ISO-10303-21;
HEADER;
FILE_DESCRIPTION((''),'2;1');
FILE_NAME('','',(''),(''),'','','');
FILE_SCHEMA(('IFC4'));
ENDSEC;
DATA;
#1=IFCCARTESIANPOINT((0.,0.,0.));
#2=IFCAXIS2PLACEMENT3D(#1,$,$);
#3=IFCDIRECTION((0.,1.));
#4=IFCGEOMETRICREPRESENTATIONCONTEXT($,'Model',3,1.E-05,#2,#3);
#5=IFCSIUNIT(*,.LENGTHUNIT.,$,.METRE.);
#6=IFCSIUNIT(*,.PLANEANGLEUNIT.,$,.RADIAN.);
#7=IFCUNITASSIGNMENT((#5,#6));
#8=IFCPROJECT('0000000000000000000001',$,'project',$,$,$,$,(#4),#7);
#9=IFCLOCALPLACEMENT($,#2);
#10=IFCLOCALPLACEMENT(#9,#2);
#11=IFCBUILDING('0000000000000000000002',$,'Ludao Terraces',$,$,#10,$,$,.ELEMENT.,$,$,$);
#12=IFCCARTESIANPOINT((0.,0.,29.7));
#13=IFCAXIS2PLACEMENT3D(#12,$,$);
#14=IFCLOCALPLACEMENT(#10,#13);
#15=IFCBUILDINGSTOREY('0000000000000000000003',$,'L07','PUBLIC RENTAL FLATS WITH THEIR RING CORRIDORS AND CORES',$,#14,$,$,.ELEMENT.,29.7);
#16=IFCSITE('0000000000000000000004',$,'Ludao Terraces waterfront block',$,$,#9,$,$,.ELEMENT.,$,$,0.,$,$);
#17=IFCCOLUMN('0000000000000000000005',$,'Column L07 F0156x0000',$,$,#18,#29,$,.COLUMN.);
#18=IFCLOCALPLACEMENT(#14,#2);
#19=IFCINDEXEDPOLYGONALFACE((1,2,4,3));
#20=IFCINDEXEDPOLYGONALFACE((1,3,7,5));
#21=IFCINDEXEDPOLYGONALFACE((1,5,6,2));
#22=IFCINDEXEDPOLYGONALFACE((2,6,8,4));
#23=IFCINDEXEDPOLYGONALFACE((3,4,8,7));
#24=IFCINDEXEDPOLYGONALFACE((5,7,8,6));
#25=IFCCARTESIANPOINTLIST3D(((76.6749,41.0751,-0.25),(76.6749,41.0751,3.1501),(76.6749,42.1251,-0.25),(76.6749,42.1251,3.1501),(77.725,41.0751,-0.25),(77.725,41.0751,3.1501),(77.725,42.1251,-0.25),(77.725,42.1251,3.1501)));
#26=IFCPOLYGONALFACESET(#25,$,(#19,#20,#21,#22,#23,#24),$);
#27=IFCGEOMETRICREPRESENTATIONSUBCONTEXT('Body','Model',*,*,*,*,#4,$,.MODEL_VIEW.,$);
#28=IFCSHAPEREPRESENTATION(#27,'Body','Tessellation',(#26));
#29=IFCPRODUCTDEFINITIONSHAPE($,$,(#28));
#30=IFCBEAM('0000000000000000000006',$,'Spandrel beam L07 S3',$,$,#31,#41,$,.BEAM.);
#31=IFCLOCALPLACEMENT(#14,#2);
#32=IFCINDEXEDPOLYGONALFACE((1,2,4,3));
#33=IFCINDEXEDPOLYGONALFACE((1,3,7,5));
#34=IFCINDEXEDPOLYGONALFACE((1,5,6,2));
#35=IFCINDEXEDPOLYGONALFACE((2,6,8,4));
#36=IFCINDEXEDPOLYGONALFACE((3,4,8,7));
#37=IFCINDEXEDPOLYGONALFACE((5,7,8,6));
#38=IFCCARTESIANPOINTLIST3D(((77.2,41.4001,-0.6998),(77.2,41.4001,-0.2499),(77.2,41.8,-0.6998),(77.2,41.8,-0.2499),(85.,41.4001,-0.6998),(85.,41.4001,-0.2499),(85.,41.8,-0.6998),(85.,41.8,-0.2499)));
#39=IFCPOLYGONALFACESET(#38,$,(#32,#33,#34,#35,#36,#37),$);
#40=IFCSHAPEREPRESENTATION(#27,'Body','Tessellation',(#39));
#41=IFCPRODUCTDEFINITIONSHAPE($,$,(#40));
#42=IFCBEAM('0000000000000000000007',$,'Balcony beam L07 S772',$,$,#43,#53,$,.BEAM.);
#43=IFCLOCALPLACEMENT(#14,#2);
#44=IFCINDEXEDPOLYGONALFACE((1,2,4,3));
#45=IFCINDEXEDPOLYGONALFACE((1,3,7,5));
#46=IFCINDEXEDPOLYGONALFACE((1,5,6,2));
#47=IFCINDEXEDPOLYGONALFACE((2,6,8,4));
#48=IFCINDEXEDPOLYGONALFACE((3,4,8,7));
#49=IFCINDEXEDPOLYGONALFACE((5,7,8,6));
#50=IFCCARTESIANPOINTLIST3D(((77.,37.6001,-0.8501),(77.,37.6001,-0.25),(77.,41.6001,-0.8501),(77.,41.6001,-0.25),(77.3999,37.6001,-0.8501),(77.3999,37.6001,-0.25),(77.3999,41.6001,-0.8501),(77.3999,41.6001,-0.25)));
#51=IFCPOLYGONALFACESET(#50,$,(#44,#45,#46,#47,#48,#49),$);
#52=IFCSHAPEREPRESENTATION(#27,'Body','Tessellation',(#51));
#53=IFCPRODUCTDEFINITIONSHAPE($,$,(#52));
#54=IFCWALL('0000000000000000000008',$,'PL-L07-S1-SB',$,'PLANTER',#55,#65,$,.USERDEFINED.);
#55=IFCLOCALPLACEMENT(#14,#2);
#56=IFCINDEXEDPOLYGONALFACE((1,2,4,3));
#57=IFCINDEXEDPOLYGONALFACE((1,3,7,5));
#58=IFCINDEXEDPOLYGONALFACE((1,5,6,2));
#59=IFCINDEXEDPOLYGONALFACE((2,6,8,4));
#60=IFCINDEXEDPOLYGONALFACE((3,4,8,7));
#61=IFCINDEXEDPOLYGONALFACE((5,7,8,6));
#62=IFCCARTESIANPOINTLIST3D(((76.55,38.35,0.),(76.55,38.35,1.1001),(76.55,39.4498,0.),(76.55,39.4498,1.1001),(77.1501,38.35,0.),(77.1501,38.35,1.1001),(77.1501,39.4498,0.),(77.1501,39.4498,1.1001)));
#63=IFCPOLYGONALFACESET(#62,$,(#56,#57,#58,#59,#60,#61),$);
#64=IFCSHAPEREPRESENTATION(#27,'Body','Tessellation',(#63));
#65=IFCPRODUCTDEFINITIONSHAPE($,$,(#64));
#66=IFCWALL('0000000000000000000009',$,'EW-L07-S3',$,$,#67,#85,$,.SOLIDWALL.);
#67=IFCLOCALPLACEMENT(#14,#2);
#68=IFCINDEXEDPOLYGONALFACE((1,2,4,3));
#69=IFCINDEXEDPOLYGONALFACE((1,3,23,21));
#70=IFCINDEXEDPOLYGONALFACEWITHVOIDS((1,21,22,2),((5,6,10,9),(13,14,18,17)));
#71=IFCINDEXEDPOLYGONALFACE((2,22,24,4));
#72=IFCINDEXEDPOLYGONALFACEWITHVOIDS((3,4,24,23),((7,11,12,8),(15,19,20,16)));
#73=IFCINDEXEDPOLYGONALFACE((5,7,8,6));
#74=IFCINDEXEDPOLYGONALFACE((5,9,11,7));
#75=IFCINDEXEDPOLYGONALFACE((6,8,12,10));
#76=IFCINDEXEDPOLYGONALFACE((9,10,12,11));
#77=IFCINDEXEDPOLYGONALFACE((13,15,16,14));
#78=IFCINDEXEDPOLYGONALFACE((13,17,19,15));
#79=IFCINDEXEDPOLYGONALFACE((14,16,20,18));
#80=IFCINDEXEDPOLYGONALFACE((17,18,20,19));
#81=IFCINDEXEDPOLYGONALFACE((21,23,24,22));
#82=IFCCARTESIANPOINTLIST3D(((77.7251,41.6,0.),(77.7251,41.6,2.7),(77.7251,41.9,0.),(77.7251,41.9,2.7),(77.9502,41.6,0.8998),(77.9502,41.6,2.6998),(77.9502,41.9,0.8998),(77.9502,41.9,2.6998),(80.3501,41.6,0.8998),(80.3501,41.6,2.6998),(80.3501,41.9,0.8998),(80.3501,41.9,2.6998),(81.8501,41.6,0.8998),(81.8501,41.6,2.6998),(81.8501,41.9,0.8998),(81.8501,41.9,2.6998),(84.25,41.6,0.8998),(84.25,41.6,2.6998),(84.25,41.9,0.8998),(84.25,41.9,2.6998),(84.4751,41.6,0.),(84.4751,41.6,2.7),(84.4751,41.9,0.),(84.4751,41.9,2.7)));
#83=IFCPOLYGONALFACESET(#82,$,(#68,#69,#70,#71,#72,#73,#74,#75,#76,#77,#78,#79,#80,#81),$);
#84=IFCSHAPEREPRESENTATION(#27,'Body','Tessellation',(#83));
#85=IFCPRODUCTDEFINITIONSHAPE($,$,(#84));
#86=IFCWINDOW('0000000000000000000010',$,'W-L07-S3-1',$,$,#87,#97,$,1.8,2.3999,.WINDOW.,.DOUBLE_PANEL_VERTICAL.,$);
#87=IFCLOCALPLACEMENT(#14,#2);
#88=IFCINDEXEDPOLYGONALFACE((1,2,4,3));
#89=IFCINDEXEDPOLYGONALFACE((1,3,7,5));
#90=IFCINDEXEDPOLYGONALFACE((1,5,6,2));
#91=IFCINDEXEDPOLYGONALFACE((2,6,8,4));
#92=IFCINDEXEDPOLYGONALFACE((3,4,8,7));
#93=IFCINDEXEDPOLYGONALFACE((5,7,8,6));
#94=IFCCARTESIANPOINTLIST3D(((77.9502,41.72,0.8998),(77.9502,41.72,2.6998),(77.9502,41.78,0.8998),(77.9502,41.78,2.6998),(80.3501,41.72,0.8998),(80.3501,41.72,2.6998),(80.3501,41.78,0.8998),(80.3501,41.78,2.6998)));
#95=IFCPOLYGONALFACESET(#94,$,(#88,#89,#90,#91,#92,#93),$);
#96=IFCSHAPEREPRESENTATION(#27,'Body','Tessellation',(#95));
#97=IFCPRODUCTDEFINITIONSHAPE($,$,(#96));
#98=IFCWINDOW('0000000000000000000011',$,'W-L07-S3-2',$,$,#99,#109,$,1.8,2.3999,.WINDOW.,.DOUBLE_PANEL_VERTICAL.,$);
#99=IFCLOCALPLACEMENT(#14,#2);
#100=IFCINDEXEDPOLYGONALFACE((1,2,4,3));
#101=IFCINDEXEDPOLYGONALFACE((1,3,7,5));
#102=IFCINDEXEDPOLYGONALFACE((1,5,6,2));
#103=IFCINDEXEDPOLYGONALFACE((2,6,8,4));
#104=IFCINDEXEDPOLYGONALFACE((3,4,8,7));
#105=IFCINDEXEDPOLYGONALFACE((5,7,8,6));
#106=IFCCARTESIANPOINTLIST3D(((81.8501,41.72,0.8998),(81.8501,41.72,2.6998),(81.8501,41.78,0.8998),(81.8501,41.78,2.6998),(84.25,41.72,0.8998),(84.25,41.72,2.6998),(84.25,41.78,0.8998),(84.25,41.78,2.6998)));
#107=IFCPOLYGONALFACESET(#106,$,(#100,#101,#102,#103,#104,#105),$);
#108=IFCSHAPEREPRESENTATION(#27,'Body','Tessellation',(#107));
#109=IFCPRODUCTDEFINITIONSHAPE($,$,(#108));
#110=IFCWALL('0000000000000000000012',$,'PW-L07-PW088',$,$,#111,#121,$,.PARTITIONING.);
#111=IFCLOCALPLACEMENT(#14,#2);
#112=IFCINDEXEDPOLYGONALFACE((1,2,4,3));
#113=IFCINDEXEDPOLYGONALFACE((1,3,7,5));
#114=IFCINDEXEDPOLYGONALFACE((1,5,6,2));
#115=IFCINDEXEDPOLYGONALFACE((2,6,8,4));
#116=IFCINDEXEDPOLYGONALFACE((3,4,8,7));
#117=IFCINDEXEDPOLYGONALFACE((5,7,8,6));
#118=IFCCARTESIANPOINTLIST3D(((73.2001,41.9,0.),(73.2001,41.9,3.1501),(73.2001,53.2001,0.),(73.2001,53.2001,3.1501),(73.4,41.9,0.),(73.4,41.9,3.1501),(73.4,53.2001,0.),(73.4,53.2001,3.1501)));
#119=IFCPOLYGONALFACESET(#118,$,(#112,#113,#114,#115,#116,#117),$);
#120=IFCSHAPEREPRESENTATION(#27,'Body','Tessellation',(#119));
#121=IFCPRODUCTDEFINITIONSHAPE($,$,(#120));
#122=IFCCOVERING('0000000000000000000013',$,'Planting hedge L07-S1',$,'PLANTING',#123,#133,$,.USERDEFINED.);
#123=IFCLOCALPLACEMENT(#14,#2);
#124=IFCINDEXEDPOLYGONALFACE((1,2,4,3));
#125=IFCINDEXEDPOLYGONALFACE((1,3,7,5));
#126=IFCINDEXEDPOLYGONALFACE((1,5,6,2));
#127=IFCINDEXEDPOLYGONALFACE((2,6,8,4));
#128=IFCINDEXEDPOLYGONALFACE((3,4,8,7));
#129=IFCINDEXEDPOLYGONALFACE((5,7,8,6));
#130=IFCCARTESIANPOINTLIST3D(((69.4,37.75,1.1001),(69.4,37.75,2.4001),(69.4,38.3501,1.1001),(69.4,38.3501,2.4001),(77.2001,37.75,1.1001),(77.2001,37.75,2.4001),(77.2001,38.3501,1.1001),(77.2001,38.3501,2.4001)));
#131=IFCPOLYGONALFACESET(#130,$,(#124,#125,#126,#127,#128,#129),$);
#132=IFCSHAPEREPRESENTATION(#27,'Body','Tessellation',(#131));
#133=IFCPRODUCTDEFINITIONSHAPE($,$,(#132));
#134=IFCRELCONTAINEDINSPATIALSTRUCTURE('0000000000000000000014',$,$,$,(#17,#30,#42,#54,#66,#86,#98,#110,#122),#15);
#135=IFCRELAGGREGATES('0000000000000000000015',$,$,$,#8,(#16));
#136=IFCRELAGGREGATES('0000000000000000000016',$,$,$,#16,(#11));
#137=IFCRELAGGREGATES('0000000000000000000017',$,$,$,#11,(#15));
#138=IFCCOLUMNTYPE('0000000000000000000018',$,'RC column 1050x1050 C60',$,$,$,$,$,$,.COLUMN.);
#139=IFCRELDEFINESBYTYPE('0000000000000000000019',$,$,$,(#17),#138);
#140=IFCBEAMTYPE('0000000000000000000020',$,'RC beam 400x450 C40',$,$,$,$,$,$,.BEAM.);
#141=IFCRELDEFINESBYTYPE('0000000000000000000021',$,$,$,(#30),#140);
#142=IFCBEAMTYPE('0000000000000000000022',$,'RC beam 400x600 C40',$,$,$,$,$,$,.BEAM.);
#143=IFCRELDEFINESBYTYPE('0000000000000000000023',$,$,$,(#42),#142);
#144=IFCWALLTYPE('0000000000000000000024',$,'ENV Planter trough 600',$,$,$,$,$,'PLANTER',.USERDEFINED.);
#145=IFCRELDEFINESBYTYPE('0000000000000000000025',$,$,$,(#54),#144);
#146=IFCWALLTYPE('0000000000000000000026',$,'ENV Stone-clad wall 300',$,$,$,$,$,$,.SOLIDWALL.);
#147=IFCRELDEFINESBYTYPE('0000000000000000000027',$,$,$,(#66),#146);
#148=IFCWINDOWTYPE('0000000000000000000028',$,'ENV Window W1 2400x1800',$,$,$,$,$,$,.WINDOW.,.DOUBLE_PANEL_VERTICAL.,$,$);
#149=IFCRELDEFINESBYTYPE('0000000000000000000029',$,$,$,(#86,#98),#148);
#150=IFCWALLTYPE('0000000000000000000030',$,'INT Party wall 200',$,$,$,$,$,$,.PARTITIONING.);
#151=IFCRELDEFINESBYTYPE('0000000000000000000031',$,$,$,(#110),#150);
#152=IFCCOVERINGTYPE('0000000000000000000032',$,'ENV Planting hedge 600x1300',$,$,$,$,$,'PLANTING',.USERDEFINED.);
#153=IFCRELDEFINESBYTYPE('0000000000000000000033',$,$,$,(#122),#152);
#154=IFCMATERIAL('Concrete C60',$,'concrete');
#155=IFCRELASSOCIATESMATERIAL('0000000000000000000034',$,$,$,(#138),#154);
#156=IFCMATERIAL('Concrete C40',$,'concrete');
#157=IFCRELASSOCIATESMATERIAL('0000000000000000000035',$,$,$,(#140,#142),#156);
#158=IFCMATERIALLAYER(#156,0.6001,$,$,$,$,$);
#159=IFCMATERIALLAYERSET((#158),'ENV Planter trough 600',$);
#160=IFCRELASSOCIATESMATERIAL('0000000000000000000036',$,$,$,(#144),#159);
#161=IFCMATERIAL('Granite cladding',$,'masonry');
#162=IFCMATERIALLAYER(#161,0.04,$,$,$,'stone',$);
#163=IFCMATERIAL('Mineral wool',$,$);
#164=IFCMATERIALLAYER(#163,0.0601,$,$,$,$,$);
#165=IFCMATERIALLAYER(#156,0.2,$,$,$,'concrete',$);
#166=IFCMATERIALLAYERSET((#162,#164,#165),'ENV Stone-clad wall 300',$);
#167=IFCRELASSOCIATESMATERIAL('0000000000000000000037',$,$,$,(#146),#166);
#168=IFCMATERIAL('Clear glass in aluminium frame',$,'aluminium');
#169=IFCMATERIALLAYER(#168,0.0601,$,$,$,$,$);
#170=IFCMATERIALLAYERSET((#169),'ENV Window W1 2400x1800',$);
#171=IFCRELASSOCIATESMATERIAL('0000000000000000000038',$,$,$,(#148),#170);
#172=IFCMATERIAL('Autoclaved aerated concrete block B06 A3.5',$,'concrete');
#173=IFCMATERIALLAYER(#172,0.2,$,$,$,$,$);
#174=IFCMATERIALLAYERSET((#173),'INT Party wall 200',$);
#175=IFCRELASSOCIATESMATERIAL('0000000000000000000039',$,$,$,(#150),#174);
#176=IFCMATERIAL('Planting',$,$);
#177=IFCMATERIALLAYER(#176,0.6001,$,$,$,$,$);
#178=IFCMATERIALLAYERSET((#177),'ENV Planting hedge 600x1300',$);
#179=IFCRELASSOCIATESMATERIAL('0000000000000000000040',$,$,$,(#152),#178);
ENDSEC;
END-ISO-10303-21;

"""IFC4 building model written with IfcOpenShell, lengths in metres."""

from ifc_helpers import new_model, si_unit, direction, frame, frame_2d, origin, origin_2d, place, context, subcontext, project, spatial, rectangle, extrude, material, layer, layer_set, material_profile, profile_set, type_object, element, fill, save


model = new_model("IFC4")

# Units and contexts
model_context = context("Model", 3, precision=1e-05, world=origin(), true_north=direction((0.0, 1.0)))
body_context = subcontext(model_context, "Body", "Model", "MODEL_VIEW")
ifc_project = project(units=[si_unit("LENGTHUNIT", "METRE"), si_unit("PLANEANGLEUNIT", "RADIAN")], contexts=[model_context])

# Site, building, storey
site_placement = place(None, origin())
site = spatial("IfcSite", under=ifc_project, at=site_placement, Name="Ludao Terraces waterfront block", CompositionType="ELEMENT", RefElevation=0.0)
building_placement = place(site_placement, origin())
building = spatial("IfcBuilding", under=site, at=building_placement, Name="Ludao Terraces", CompositionType="ELEMENT")
storey_placement = place(building_placement, frame((0.0, 0.0, 29.7)))
storey = spatial("IfcBuildingStorey", under=building, at=storey_placement, Name="L07", Description="PUBLIC RENTAL FLATS WITH THEIR RING CORRIDORS AND CORES", CompositionType="ELEMENT", Elevation=29.7)

# Column
ifc_material_1 = material(Name="Concrete C60", Category="concrete")
ifc_material_profile_1 = material_profile(ifc_material_1, rectangle(XDim=1.05, YDim=1.05, at=origin_2d()), Name="1050 X 1050")
ifc_profile_set_1 = profile_set([ifc_material_profile_1], Name="Concrete C60")
column_type = type_object("IfcColumnType", Name="RC column 1050x1050 C60", PredefinedType="COLUMN", material=ifc_profile_set_1)
column_placement = place(storey_placement, frame((77.2, 41.6001, -0.25), z_axis=(0.0, 0.0, 1.0), x_axis=(1.0, 0.0, 0.0)))
element("IfcColumn", 1, at=column_placement, inside=storey, type_object=column_type, Name="Column L07 F0156x0000", PredefinedType="COLUMN", context=body_context, shape_type="SweptSolid", body=[
    extrude(rectangle(XDim=1.05, YDim=1.05, at=origin_2d()), origin(), (0.0, 0.0, 1.0), 3.4001),
])

# Beams
ifc_material_2 = material(Name="Concrete C40", Category="concrete")
ifc_material_profile_2 = material_profile(ifc_material_2, rectangle(XDim=0.3999, YDim=0.45, at=origin_2d()), Name="400 X 450")
ifc_profile_set_2 = profile_set([ifc_material_profile_2], Name="Concrete C40")
beam_type_1 = type_object("IfcBeamType", Name="RC beam 400x450 C40", PredefinedType="BEAM", material=ifc_profile_set_2)
beam_1_placement = place(storey_placement, frame((77.2, 41.6001, -0.4749), z_axis=(1.0, 0.0, 0.0), x_axis=(0.0, 1.0, 0.0)))
element("IfcBeam", 2, at=beam_1_placement, inside=storey, type_object=beam_type_1, Name="Spandrel beam L07 S3", PredefinedType="BEAM", context=body_context, shape_type="SweptSolid", body=[
    extrude(rectangle(XDim=0.3999, YDim=0.45, at=origin_2d()), origin(), (0.0, 0.0, 1.0), 7.8),
])
ifc_material_profile_3 = material_profile(ifc_material_2, rectangle(XDim=0.3999, YDim=0.6001, at=origin_2d()), Name="400 X 600")
ifc_profile_set_3 = profile_set([ifc_material_profile_3], Name="Concrete C40")
beam_type_2 = type_object("IfcBeamType", Name="RC beam 400x600 C40", PredefinedType="BEAM", material=ifc_profile_set_3)
beam_2_placement = place(storey_placement, frame((77.2, 41.6001, -0.55), z_axis=(0.0, -1.0, 0.0), x_axis=(1.0, 0.0, 0.0)))
element("IfcBeam", 3, at=beam_2_placement, inside=storey, type_object=beam_type_2, Name="Balcony beam L07 S772", PredefinedType="BEAM", context=body_context, shape_type="SweptSolid", body=[
    extrude(rectangle(XDim=0.3999, YDim=0.6001, at=origin_2d()), origin(), (0.0, 0.0, 1.0), 4.0),
])

# Wall
ifc_layer_1 = layer(ifc_material_2, 0.6001)
ifc_layer_set_1 = layer_set([ifc_layer_1], Name="ENV Planter trough 600")
wall_type_1 = type_object("IfcWallType", Name="ENV Planter trough 600", ElementType="PLANTER", PredefinedType="USERDEFINED", material=ifc_layer_set_1)
wall_1_placement = place(storey_placement, frame((76.8501, 38.3501, 0.0), z_axis=(0.0, 0.0, 1.0), x_axis=(0.0, 1.0, 0.0)))
element("IfcWall", 4, at=wall_1_placement, inside=storey, type_object=wall_type_1, Name="PL-L07-S1-SB", ObjectType="PLANTER", PredefinedType="USERDEFINED", context=body_context, shape_type="SweptSolid", body=[
    extrude(rectangle(XDim=1.0999, YDim=0.6001, at=frame_2d((0.5498, 0.0))), origin(), (0.0, 0.0, 1.0), 1.1001),
])

# Wall, openings, windows
ifc_material_3 = material(Name="Granite cladding", Category="masonry")
ifc_layer_2 = layer(ifc_material_3, 0.04, Category="stone")
ifc_material_4 = material(Name="Mineral wool")
ifc_layer_3 = layer(ifc_material_4, 0.0601)
ifc_layer_4 = layer(ifc_material_2, 0.2, Category="concrete")
ifc_layer_set_2 = layer_set([ifc_layer_2, ifc_layer_3, ifc_layer_4], Name="ENV Stone-clad wall 300")
wall_type_2 = type_object("IfcWallType", Name="ENV Stone-clad wall 300", PredefinedType="SOLIDWALL", material=ifc_layer_set_2)
wall_2_placement = place(storey_placement, frame((77.7251, 41.75, 0.0), z_axis=(0.0, 0.0, 1.0), x_axis=(1.0, 0.0, 0.0)))
wall_2 = element("IfcWall", 5, at=wall_2_placement, inside=storey, type_object=wall_type_2, Name="EW-L07-S3", PredefinedType="SOLIDWALL", context=body_context, shape_type="SweptSolid", body=[
    extrude(rectangle(XDim=6.75, YDim=0.3, at=frame_2d((3.375, 0.0))), origin(), (0.0, 0.0, 1.0), 2.7),
])
opening_1_placement = place(wall_2_placement, frame((0.2251, 0.0, 0.8999)))
opening_1 = element("IfcOpeningElement", 6, at=opening_1_placement, cuts=wall_2, PredefinedType="OPENING", context=body_context, shape_type="SweptSolid", body=[
    extrude(rectangle(XDim=2.3999, YDim=1.8, at=frame_2d((1.2, 0.8999))), frame((0.0, 0.1602, 0.0), z_axis=(0.0, -1.0, 0.0), x_axis=(1.0, 0.0, 0.0)), (0.0, 0.0, 1.0), 0.3201),
])
opening_2_placement = place(wall_2_placement, frame((4.125, 0.0, 0.8999)))
opening_2 = element("IfcOpeningElement", 7, at=opening_2_placement, cuts=wall_2, PredefinedType="OPENING", context=body_context, shape_type="SweptSolid", body=[
    extrude(rectangle(XDim=2.3999, YDim=1.8, at=frame_2d((1.2, 0.8999))), frame((0.0, 0.1602, 0.0), z_axis=(0.0, -1.0, 0.0), x_axis=(1.0, 0.0, 0.0)), (0.0, 0.0, 1.0), 0.3201),
])
ifc_material_5 = material(Name="Clear glass in aluminium frame", Category="aluminium")
ifc_layer_5 = layer(ifc_material_5, 0.0601)
ifc_layer_set_3 = layer_set([ifc_layer_5], Name="ENV Window W1 2400x1800")
window_type = type_object("IfcWindowType", Name="ENV Window W1 2400x1800", PartitioningType="DOUBLE_PANEL_VERTICAL", PredefinedType="WINDOW", material=ifc_layer_set_3)
window_1_placement = place(opening_1_placement, origin())
window_1 = element("IfcWindow", 8, at=window_1_placement, inside=storey, type_object=window_type, Name="W-L07-S3-1", OverallHeight=1.8, OverallWidth=2.3999, PartitioningType="DOUBLE_PANEL_VERTICAL", PredefinedType="WINDOW", context=body_context, shape_type="SweptSolid", body=[
    extrude(rectangle(XDim=2.3999, YDim=1.8, at=frame_2d((1.2, 0.8999))), frame((0.0, 0.03, 0.0), z_axis=(0.0, -1.0, 0.0), x_axis=(1.0, 0.0, 0.0)), (0.0, 0.0, 1.0), 0.0601),
])
fill(opening_1, window_1)
window_2_placement = place(opening_2_placement, origin())
window_2 = element("IfcWindow", 9, at=window_2_placement, inside=storey, type_object=window_type, Name="W-L07-S3-2", OverallHeight=1.8, OverallWidth=2.3999, PartitioningType="DOUBLE_PANEL_VERTICAL", PredefinedType="WINDOW", context=body_context, shape_type="SweptSolid", body=[
    extrude(rectangle(XDim=2.3999, YDim=1.8, at=frame_2d((1.2, 0.8999))), frame((0.0, 0.03, 0.0), z_axis=(0.0, -1.0, 0.0), x_axis=(1.0, 0.0, 0.0)), (0.0, 0.0, 1.0), 0.0601),
])
fill(opening_2, window_2)

# Wall
ifc_material_6 = material(Name="Autoclaved aerated concrete block B06 A3.5", Category="concrete")
ifc_layer_6 = layer(ifc_material_6, 0.2)
ifc_layer_set_4 = layer_set([ifc_layer_6], Name="INT Party wall 200")
wall_type_3 = type_object("IfcWallType", Name="INT Party wall 200", PredefinedType="PARTITIONING", material=ifc_layer_set_4)
wall_3_placement = place(storey_placement, frame((73.3, 41.9001, 0.0), z_axis=(0.0, 0.0, 1.0), x_axis=(0.0, 1.0, 0.0)))
element("IfcWall", 10, at=wall_3_placement, inside=storey, type_object=wall_type_3, Name="PW-L07-PW088", PredefinedType="PARTITIONING", context=body_context, shape_type="SweptSolid", body=[
    extrude(rectangle(XDim=11.3, YDim=0.2, at=frame_2d((5.6499, 0.0))), origin(), (0.0, 0.0, 1.0), 3.1501),
])

# Covering
ifc_material_7 = material(Name="Planting")
ifc_layer_7 = layer(ifc_material_7, 0.6001)
ifc_layer_set_5 = layer_set([ifc_layer_7], Name="ENV Planting hedge 600x1300")
covering_type = type_object("IfcCoveringType", Name="ENV Planting hedge 600x1300", ElementType="PLANTING", PredefinedType="USERDEFINED", material=ifc_layer_set_5)
covering_placement = place(storey_placement, frame((73.3, 38.05, 1.1001), z_axis=(0.0, 0.0, 1.0), x_axis=(1.0, 0.0, 0.0)))
element("IfcCovering", 11, at=covering_placement, inside=storey, type_object=covering_type, Name="Planting hedge L07-S1", ObjectType="PLANTING", PredefinedType="USERDEFINED", context=body_context, shape_type="SweptSolid", body=[
    extrude(rectangle(XDim=7.8, YDim=0.6001, at=origin_2d()), origin(), (0.0, 0.0, 1.0), 1.3),
])

save(model, "model.ifc")
